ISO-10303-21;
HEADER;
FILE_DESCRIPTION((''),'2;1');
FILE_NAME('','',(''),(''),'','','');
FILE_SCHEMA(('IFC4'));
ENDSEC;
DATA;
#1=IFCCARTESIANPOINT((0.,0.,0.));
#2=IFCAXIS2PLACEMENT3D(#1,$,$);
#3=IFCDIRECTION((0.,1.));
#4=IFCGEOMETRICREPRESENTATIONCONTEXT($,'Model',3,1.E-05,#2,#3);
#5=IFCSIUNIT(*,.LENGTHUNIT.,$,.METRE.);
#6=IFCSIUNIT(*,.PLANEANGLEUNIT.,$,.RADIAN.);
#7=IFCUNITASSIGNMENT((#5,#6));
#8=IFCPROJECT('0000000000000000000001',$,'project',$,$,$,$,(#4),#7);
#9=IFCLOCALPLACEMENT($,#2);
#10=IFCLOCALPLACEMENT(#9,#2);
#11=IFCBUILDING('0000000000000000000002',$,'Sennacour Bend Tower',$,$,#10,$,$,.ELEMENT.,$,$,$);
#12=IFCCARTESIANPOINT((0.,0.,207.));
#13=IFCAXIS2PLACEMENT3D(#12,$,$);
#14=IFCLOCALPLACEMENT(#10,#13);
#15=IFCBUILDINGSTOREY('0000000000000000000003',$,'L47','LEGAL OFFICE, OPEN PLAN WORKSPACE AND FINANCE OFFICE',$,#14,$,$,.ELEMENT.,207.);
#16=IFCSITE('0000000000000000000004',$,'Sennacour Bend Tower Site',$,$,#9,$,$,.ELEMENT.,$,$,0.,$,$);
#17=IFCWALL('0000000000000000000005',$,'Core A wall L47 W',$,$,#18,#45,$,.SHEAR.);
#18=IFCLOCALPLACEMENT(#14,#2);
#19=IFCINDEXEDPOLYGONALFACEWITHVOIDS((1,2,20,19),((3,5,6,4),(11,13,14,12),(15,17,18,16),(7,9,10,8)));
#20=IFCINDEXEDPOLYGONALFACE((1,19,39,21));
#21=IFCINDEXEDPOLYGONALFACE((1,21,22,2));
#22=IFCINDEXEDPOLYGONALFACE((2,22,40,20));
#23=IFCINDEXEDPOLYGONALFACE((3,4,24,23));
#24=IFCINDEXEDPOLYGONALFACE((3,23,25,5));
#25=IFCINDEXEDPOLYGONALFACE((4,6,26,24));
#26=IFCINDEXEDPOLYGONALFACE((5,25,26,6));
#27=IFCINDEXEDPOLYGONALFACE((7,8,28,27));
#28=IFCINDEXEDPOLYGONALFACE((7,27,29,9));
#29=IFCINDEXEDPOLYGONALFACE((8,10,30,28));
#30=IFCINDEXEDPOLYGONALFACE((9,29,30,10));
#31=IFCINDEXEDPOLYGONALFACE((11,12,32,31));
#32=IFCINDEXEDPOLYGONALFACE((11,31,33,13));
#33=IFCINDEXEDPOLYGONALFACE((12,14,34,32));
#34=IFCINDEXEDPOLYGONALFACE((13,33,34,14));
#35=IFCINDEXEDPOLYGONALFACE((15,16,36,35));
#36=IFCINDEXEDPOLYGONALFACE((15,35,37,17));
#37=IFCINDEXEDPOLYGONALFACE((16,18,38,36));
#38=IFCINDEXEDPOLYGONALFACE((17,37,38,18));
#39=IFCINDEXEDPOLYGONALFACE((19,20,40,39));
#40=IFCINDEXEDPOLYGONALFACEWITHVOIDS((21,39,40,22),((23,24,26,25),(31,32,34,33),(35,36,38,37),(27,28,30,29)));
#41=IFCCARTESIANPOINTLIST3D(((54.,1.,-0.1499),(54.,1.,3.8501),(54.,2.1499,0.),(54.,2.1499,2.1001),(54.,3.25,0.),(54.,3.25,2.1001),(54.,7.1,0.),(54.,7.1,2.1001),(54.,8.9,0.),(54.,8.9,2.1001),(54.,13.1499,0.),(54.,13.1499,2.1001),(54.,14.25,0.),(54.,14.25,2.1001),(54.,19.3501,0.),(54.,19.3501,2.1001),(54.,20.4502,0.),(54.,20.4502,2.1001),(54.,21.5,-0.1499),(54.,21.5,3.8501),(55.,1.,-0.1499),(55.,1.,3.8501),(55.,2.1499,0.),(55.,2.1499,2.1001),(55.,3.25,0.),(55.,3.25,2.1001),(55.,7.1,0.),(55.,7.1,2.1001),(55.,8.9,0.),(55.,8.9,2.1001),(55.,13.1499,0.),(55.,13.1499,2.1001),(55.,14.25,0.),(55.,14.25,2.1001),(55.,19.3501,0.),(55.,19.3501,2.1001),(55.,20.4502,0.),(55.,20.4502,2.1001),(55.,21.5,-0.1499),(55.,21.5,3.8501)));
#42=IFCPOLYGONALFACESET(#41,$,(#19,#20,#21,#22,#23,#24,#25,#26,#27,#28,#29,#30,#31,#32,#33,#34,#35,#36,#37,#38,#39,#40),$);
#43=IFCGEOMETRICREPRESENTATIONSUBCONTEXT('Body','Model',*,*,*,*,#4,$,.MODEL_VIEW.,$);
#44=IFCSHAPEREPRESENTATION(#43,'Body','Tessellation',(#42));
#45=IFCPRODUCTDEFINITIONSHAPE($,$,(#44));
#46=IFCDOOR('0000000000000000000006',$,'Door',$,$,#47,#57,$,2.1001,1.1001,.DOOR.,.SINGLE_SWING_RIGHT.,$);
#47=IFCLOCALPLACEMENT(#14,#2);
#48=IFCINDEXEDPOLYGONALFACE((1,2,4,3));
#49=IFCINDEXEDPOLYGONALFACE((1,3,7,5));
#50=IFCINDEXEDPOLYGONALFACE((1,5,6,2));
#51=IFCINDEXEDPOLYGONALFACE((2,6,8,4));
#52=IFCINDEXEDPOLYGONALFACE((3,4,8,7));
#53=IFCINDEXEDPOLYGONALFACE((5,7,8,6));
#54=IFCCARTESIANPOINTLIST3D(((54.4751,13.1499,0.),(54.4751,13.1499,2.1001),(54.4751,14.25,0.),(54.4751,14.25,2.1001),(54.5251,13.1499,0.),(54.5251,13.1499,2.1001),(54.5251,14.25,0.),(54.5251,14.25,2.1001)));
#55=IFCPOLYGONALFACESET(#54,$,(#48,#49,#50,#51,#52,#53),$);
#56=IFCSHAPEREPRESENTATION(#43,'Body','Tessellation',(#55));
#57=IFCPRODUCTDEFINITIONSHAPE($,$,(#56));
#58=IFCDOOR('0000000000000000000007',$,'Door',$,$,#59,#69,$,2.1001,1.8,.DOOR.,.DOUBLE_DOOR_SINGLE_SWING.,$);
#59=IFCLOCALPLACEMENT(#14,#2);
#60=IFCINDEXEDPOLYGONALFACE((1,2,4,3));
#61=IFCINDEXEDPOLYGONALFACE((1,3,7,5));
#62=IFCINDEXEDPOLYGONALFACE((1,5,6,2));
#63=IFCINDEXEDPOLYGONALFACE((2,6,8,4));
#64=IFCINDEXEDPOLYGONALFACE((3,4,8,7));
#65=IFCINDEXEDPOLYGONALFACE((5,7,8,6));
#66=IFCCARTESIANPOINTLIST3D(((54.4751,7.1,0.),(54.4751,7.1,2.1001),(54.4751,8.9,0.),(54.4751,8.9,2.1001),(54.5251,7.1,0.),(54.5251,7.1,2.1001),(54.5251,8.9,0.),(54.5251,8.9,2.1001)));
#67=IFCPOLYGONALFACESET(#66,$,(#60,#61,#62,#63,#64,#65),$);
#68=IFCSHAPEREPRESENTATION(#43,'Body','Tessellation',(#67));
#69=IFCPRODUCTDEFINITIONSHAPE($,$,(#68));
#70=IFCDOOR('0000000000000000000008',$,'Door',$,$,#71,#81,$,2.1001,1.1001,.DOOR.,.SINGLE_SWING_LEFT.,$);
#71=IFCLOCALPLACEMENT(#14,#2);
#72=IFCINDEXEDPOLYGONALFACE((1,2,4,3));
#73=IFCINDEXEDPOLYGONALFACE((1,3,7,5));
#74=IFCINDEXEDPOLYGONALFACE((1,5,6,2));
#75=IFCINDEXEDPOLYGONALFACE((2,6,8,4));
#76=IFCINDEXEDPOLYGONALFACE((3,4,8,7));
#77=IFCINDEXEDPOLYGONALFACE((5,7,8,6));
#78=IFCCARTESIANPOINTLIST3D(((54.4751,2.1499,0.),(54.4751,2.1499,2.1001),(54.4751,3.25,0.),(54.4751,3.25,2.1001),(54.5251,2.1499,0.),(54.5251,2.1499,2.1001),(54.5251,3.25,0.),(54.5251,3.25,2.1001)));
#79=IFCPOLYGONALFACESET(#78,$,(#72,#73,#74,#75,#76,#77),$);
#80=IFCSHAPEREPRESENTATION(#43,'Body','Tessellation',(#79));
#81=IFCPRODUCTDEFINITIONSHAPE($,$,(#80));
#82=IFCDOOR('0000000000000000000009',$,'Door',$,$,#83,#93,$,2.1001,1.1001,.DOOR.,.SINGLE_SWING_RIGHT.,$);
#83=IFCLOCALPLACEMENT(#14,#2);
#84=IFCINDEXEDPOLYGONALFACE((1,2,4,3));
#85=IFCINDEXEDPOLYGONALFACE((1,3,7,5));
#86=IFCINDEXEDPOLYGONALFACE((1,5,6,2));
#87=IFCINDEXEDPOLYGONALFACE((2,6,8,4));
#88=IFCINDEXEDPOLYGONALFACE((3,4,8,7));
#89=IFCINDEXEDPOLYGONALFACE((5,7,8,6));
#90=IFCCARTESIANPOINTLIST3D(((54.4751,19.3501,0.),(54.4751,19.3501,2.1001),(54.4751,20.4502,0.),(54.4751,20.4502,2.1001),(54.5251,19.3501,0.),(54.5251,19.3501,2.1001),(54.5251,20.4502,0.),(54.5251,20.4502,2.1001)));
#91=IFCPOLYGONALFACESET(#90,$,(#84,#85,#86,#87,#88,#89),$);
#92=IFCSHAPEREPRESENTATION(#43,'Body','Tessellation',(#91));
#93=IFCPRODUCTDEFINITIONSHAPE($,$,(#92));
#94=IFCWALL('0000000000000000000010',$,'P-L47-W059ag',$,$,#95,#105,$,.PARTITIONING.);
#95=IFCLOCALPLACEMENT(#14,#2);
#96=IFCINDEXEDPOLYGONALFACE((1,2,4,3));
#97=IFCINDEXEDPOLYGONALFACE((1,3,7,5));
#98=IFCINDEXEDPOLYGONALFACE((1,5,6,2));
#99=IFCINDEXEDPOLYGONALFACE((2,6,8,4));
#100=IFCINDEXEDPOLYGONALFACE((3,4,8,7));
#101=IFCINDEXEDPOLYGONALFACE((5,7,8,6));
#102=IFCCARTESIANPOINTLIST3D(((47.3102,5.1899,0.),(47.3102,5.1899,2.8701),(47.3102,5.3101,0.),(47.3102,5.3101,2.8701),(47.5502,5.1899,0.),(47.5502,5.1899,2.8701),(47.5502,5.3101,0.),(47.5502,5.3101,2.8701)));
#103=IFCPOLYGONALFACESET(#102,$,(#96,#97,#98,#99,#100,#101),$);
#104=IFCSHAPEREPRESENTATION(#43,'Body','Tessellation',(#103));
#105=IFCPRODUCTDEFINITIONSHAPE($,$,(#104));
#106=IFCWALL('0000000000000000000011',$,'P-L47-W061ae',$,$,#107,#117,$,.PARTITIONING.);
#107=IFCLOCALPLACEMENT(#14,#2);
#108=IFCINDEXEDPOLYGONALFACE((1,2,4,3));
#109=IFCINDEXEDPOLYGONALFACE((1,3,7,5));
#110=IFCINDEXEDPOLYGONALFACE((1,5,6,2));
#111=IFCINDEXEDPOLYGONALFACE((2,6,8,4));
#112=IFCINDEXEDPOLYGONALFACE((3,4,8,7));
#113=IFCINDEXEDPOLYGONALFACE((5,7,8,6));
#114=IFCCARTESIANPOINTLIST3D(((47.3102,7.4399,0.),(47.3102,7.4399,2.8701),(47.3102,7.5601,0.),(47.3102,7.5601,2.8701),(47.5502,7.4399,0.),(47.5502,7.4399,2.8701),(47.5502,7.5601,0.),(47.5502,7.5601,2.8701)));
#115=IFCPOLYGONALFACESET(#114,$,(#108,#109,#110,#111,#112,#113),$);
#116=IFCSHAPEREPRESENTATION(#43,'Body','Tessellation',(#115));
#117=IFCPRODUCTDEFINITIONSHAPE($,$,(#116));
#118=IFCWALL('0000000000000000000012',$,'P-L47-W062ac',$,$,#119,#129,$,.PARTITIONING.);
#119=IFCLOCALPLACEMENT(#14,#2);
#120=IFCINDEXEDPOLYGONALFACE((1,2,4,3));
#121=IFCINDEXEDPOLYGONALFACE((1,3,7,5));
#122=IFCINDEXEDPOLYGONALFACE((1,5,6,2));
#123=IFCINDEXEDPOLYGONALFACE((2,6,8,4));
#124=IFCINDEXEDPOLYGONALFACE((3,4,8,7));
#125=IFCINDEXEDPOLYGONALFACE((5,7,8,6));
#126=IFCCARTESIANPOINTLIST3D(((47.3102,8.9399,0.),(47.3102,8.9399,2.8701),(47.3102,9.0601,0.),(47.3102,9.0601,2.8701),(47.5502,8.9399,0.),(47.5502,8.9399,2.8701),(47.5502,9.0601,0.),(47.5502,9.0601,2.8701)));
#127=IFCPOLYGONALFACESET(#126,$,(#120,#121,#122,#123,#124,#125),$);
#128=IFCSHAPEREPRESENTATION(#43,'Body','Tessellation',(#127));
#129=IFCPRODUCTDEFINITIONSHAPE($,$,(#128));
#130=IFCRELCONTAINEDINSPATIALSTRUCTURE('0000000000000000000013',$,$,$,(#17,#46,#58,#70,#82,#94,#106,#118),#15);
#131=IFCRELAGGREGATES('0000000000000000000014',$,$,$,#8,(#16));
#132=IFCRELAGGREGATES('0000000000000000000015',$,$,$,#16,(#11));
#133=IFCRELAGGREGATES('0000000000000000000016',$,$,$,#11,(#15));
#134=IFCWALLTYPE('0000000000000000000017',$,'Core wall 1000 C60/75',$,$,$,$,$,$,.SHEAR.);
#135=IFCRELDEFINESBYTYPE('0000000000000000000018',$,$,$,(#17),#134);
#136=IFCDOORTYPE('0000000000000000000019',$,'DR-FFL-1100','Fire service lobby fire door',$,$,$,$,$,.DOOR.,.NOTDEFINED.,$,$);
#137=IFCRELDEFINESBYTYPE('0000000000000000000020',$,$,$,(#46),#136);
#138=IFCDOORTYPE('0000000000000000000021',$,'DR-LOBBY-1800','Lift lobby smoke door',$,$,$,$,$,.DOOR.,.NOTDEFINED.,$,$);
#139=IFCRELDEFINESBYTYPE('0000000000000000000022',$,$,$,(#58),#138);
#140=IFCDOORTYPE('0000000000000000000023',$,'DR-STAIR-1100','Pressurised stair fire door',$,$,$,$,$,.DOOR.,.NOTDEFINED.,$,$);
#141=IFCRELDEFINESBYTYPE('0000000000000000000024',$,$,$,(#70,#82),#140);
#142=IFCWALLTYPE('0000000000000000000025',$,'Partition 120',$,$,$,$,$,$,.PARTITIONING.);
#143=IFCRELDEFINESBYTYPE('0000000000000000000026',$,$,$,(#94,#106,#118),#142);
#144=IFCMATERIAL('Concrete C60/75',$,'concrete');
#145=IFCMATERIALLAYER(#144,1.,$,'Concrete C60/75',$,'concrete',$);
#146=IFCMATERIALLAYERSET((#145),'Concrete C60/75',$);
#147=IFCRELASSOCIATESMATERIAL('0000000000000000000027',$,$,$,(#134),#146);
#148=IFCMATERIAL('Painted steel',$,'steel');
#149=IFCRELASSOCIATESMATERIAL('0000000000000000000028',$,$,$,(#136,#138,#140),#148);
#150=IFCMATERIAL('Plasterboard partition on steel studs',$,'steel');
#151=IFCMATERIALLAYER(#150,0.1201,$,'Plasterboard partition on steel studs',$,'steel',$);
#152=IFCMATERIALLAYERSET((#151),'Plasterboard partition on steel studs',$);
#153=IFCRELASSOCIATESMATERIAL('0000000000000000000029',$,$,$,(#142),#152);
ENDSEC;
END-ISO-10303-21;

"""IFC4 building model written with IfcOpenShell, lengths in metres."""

from ifc_helpers import new_model, si_unit, direction, frame, frame_2d, origin, place, context, subcontext, project, spatial, rectangle, extrude, material, layer, layer_set, type_object, element, fill, save


model = new_model("IFC4")

# Units and contexts
model_context = context("Model", 3, precision=1e-05, world=origin(), true_north=direction((0.0, 1.0)))
body_context = subcontext(model_context, "Body", "Model", "MODEL_VIEW")
ifc_project = project(units=[si_unit("LENGTHUNIT", "METRE"), si_unit("PLANEANGLEUNIT", "RADIAN")], contexts=[model_context])

# Site, building, storey
site_placement = place(None, origin())
site = spatial("IfcSite", under=ifc_project, at=site_placement, Name="Sennacour Bend Tower Site", CompositionType="ELEMENT", RefElevation=0.0)
building_placement = place(site_placement, origin())
building = spatial("IfcBuilding", under=site, at=building_placement, Name="Sennacour Bend Tower", CompositionType="ELEMENT")
storey_placement = place(building_placement, frame((0.0, 0.0, 207.0)))
storey = spatial("IfcBuildingStorey", under=building, at=storey_placement, Name="L47", Description="LEGAL OFFICE, OPEN PLAN WORKSPACE AND FINANCE OFFICE", CompositionType="ELEMENT", Elevation=207.0)

# Wall, openings, doors
ifc_material_1 = material(Name="Concrete C60/75", Category="concrete")
ifc_layer_1 = layer(ifc_material_1, 1.0, Name="Concrete C60/75", Category="concrete")
ifc_layer_set_1 = layer_set([ifc_layer_1], Name="Concrete C60/75")
wall_type_1 = type_object("IfcWallType", Name="Core wall 1000 C60/75", PredefinedType="SHEAR", material=ifc_layer_set_1)
wall_1_placement = place(storey_placement, frame((54.5, 1.0, -0.1499), z_axis=(0.0, 0.0, 1.0), x_axis=(0.0, 1.0, 0.0)))
wall_1 = element("IfcWall", 1, at=wall_1_placement, inside=storey, type_object=wall_type_1, Name="Core A wall L47 W", PredefinedType="SHEAR", context=body_context, shape_type="SweptSolid", body=[
    extrude(rectangle(XDim=20.5, YDim=1.0, at=frame_2d((10.25, 0.0))), origin(), (0.0, 0.0, 1.0), 4.0),
])
opening_1_placement = place(wall_1_placement, frame((6.1001, 0.0, 0.1499)))
opening_1 = element("IfcOpeningElement", 2, at=opening_1_placement, cuts=wall_1, PredefinedType="OPENING", context=body_context, shape_type="SweptSolid", body=[
    extrude(rectangle(XDim=1.8, YDim=2.1001, at=frame_2d((0.8999, 1.05))), frame((0.0, 0.51, 0.0), z_axis=(0.0, -1.0, 0.0), x_axis=(1.0, 0.0, 0.0)), (0.0, 0.0, 1.0), 1.02),
])
opening_2_placement = place(wall_1_placement, frame((12.1499, 0.0, 0.1499)))
opening_2 = element("IfcOpeningElement", 3, at=opening_2_placement, cuts=wall_1, PredefinedType="OPENING", context=body_context, shape_type="SweptSolid", body=[
    extrude(rectangle(XDim=1.1001, YDim=2.1001, at=frame_2d((0.55, 1.05))), frame((0.0, 0.51, 0.0), z_axis=(0.0, -1.0, 0.0), x_axis=(1.0, 0.0, 0.0)), (0.0, 0.0, 1.0), 1.02),
])
opening_3_placement = place(wall_1_placement, frame((1.1499, 0.0, 0.1499)))
opening_3 = element("IfcOpeningElement", 4, at=opening_3_placement, cuts=wall_1, PredefinedType="OPENING", context=body_context, shape_type="SweptSolid", body=[
    extrude(rectangle(XDim=1.1001, YDim=2.1001, at=frame_2d((0.55, 1.05))), frame((0.0, 0.51, 0.0), z_axis=(0.0, -1.0, 0.0), x_axis=(1.0, 0.0, 0.0)), (0.0, 0.0, 1.0), 1.02),
])
opening_4_placement = place(wall_1_placement, frame((18.3501, 0.0, 0.1499)))
opening_4 = element("IfcOpeningElement", 5, at=opening_4_placement, cuts=wall_1, PredefinedType="OPENING", context=body_context, shape_type="SweptSolid", body=[
    extrude(rectangle(XDim=1.1001, YDim=2.1001, at=frame_2d((0.55, 1.05))), frame((0.0, 0.51, 0.0), z_axis=(0.0, -1.0, 0.0), x_axis=(1.0, 0.0, 0.0)), (0.0, 0.0, 1.0), 1.02),
])
ifc_material_2 = material(Name="Painted steel", Category="steel")
door_type_1 = type_object("IfcDoorType", Name="DR-FFL-1100", Description="Fire service lobby fire door", OperationType="NOTDEFINED", PredefinedType="DOOR", material=ifc_material_2)
door_1_placement = place(opening_2_placement, origin())
door_1 = element("IfcDoor", 6, at=door_1_placement, inside=storey, type_object=door_type_1, Name="Door", OperationType="SINGLE_SWING_RIGHT", OverallHeight=2.1001, OverallWidth=1.1001, PredefinedType="DOOR", context=body_context, shape_type="SweptSolid", body=[
    extrude(rectangle(XDim=1.1001, YDim=2.1001, at=frame_2d((0.55, 1.05))), frame((0.0, 0.0249, 0.0), z_axis=(0.0, -1.0, 0.0), x_axis=(1.0, 0.0, 0.0)), (0.0, 0.0, 1.0), 0.05),
])
fill(opening_2, door_1)
door_type_2 = type_object("IfcDoorType", Name="DR-LOBBY-1800", Description="Lift lobby smoke door", OperationType="NOTDEFINED", PredefinedType="DOOR", material=ifc_material_2)
door_2_placement = place(opening_1_placement, origin())
door_2 = element("IfcDoor", 7, at=door_2_placement, inside=storey, type_object=door_type_2, Name="Door", OperationType="DOUBLE_DOOR_SINGLE_SWING", OverallHeight=2.1001, OverallWidth=1.8, PredefinedType="DOOR", context=body_context, shape_type="SweptSolid", body=[
    extrude(rectangle(XDim=1.8, YDim=2.1001, at=frame_2d((0.8999, 1.05))), frame((0.0, 0.0249, 0.0), z_axis=(0.0, -1.0, 0.0), x_axis=(1.0, 0.0, 0.0)), (0.0, 0.0, 1.0), 0.05),
])
fill(opening_1, door_2)
door_type_3 = type_object("IfcDoorType", Name="DR-STAIR-1100", Description="Pressurised stair fire door", OperationType="NOTDEFINED", PredefinedType="DOOR", material=ifc_material_2)
door_3_placement = place(opening_3_placement, origin())
door_3 = element("IfcDoor", 8, at=door_3_placement, inside=storey, type_object=door_type_3, Name="Door", OperationType="SINGLE_SWING_LEFT", OverallHeight=2.1001, OverallWidth=1.1001, PredefinedType="DOOR", context=body_context, shape_type="SweptSolid", body=[
    extrude(rectangle(XDim=1.1001, YDim=2.1001, at=frame_2d((0.55, 1.05))), frame((0.0, 0.0249, 0.0), z_axis=(0.0, -1.0, 0.0), x_axis=(1.0, 0.0, 0.0)), (0.0, 0.0, 1.0), 0.05),
])
fill(opening_3, door_3)
door_4_placement = place(opening_4_placement, origin())
door_4 = element("IfcDoor", 9, at=door_4_placement, inside=storey, type_object=door_type_3, Name="Door", OperationType="SINGLE_SWING_RIGHT", OverallHeight=2.1001, OverallWidth=1.1001, PredefinedType="DOOR", context=body_context, shape_type="SweptSolid", body=[
    extrude(rectangle(XDim=1.1001, YDim=2.1001, at=frame_2d((0.55, 1.05))), frame((0.0, 0.0249, 0.0), z_axis=(0.0, -1.0, 0.0), x_axis=(1.0, 0.0, 0.0)), (0.0, 0.0, 1.0), 0.05),
])
fill(opening_4, door_4)

# Walls
ifc_material_3 = material(Name="Plasterboard partition on steel studs", Category="steel")
ifc_layer_2 = layer(ifc_material_3, 0.1201, Name="Plasterboard partition on steel studs", Category="steel")
ifc_layer_set_2 = layer_set([ifc_layer_2], Name="Plasterboard partition on steel studs")
wall_type_2 = type_object("IfcWallType", Name="Partition 120", PredefinedType="PARTITIONING", material=ifc_layer_set_2)
for number, where, z_axis, x_axis, name in (
    (10, (47.3101, 5.25, 0.0), (0.0, 0.0, 1.0), (1.0, 0.0, 0.0), "P-L47-W059ag"),
    (11, (47.3101, 7.5, 0.0), (0.0, 0.0, 1.0), (1.0, 0.0, 0.0), "P-L47-W061ae"),
    (12, (47.3101, 9.0, 0.0), (0.0, 0.0, 1.0), (1.0, 0.0, 0.0), "P-L47-W062ac"),
):
    element("IfcWall", number, at=place(storey_placement, frame(where, z_axis=z_axis, x_axis=x_axis)), inside=storey, type_object=wall_type_2, Name=name, PredefinedType="PARTITIONING", context=body_context, shape_type="SweptSolid", body=[
        extrude(rectangle(XDim=0.24, YDim=0.1201, at=frame_2d((0.1201, 0.0))), origin(), (0.0, 0.0, 1.0), 2.8701),
    ])

save(model, "model.ifc")
